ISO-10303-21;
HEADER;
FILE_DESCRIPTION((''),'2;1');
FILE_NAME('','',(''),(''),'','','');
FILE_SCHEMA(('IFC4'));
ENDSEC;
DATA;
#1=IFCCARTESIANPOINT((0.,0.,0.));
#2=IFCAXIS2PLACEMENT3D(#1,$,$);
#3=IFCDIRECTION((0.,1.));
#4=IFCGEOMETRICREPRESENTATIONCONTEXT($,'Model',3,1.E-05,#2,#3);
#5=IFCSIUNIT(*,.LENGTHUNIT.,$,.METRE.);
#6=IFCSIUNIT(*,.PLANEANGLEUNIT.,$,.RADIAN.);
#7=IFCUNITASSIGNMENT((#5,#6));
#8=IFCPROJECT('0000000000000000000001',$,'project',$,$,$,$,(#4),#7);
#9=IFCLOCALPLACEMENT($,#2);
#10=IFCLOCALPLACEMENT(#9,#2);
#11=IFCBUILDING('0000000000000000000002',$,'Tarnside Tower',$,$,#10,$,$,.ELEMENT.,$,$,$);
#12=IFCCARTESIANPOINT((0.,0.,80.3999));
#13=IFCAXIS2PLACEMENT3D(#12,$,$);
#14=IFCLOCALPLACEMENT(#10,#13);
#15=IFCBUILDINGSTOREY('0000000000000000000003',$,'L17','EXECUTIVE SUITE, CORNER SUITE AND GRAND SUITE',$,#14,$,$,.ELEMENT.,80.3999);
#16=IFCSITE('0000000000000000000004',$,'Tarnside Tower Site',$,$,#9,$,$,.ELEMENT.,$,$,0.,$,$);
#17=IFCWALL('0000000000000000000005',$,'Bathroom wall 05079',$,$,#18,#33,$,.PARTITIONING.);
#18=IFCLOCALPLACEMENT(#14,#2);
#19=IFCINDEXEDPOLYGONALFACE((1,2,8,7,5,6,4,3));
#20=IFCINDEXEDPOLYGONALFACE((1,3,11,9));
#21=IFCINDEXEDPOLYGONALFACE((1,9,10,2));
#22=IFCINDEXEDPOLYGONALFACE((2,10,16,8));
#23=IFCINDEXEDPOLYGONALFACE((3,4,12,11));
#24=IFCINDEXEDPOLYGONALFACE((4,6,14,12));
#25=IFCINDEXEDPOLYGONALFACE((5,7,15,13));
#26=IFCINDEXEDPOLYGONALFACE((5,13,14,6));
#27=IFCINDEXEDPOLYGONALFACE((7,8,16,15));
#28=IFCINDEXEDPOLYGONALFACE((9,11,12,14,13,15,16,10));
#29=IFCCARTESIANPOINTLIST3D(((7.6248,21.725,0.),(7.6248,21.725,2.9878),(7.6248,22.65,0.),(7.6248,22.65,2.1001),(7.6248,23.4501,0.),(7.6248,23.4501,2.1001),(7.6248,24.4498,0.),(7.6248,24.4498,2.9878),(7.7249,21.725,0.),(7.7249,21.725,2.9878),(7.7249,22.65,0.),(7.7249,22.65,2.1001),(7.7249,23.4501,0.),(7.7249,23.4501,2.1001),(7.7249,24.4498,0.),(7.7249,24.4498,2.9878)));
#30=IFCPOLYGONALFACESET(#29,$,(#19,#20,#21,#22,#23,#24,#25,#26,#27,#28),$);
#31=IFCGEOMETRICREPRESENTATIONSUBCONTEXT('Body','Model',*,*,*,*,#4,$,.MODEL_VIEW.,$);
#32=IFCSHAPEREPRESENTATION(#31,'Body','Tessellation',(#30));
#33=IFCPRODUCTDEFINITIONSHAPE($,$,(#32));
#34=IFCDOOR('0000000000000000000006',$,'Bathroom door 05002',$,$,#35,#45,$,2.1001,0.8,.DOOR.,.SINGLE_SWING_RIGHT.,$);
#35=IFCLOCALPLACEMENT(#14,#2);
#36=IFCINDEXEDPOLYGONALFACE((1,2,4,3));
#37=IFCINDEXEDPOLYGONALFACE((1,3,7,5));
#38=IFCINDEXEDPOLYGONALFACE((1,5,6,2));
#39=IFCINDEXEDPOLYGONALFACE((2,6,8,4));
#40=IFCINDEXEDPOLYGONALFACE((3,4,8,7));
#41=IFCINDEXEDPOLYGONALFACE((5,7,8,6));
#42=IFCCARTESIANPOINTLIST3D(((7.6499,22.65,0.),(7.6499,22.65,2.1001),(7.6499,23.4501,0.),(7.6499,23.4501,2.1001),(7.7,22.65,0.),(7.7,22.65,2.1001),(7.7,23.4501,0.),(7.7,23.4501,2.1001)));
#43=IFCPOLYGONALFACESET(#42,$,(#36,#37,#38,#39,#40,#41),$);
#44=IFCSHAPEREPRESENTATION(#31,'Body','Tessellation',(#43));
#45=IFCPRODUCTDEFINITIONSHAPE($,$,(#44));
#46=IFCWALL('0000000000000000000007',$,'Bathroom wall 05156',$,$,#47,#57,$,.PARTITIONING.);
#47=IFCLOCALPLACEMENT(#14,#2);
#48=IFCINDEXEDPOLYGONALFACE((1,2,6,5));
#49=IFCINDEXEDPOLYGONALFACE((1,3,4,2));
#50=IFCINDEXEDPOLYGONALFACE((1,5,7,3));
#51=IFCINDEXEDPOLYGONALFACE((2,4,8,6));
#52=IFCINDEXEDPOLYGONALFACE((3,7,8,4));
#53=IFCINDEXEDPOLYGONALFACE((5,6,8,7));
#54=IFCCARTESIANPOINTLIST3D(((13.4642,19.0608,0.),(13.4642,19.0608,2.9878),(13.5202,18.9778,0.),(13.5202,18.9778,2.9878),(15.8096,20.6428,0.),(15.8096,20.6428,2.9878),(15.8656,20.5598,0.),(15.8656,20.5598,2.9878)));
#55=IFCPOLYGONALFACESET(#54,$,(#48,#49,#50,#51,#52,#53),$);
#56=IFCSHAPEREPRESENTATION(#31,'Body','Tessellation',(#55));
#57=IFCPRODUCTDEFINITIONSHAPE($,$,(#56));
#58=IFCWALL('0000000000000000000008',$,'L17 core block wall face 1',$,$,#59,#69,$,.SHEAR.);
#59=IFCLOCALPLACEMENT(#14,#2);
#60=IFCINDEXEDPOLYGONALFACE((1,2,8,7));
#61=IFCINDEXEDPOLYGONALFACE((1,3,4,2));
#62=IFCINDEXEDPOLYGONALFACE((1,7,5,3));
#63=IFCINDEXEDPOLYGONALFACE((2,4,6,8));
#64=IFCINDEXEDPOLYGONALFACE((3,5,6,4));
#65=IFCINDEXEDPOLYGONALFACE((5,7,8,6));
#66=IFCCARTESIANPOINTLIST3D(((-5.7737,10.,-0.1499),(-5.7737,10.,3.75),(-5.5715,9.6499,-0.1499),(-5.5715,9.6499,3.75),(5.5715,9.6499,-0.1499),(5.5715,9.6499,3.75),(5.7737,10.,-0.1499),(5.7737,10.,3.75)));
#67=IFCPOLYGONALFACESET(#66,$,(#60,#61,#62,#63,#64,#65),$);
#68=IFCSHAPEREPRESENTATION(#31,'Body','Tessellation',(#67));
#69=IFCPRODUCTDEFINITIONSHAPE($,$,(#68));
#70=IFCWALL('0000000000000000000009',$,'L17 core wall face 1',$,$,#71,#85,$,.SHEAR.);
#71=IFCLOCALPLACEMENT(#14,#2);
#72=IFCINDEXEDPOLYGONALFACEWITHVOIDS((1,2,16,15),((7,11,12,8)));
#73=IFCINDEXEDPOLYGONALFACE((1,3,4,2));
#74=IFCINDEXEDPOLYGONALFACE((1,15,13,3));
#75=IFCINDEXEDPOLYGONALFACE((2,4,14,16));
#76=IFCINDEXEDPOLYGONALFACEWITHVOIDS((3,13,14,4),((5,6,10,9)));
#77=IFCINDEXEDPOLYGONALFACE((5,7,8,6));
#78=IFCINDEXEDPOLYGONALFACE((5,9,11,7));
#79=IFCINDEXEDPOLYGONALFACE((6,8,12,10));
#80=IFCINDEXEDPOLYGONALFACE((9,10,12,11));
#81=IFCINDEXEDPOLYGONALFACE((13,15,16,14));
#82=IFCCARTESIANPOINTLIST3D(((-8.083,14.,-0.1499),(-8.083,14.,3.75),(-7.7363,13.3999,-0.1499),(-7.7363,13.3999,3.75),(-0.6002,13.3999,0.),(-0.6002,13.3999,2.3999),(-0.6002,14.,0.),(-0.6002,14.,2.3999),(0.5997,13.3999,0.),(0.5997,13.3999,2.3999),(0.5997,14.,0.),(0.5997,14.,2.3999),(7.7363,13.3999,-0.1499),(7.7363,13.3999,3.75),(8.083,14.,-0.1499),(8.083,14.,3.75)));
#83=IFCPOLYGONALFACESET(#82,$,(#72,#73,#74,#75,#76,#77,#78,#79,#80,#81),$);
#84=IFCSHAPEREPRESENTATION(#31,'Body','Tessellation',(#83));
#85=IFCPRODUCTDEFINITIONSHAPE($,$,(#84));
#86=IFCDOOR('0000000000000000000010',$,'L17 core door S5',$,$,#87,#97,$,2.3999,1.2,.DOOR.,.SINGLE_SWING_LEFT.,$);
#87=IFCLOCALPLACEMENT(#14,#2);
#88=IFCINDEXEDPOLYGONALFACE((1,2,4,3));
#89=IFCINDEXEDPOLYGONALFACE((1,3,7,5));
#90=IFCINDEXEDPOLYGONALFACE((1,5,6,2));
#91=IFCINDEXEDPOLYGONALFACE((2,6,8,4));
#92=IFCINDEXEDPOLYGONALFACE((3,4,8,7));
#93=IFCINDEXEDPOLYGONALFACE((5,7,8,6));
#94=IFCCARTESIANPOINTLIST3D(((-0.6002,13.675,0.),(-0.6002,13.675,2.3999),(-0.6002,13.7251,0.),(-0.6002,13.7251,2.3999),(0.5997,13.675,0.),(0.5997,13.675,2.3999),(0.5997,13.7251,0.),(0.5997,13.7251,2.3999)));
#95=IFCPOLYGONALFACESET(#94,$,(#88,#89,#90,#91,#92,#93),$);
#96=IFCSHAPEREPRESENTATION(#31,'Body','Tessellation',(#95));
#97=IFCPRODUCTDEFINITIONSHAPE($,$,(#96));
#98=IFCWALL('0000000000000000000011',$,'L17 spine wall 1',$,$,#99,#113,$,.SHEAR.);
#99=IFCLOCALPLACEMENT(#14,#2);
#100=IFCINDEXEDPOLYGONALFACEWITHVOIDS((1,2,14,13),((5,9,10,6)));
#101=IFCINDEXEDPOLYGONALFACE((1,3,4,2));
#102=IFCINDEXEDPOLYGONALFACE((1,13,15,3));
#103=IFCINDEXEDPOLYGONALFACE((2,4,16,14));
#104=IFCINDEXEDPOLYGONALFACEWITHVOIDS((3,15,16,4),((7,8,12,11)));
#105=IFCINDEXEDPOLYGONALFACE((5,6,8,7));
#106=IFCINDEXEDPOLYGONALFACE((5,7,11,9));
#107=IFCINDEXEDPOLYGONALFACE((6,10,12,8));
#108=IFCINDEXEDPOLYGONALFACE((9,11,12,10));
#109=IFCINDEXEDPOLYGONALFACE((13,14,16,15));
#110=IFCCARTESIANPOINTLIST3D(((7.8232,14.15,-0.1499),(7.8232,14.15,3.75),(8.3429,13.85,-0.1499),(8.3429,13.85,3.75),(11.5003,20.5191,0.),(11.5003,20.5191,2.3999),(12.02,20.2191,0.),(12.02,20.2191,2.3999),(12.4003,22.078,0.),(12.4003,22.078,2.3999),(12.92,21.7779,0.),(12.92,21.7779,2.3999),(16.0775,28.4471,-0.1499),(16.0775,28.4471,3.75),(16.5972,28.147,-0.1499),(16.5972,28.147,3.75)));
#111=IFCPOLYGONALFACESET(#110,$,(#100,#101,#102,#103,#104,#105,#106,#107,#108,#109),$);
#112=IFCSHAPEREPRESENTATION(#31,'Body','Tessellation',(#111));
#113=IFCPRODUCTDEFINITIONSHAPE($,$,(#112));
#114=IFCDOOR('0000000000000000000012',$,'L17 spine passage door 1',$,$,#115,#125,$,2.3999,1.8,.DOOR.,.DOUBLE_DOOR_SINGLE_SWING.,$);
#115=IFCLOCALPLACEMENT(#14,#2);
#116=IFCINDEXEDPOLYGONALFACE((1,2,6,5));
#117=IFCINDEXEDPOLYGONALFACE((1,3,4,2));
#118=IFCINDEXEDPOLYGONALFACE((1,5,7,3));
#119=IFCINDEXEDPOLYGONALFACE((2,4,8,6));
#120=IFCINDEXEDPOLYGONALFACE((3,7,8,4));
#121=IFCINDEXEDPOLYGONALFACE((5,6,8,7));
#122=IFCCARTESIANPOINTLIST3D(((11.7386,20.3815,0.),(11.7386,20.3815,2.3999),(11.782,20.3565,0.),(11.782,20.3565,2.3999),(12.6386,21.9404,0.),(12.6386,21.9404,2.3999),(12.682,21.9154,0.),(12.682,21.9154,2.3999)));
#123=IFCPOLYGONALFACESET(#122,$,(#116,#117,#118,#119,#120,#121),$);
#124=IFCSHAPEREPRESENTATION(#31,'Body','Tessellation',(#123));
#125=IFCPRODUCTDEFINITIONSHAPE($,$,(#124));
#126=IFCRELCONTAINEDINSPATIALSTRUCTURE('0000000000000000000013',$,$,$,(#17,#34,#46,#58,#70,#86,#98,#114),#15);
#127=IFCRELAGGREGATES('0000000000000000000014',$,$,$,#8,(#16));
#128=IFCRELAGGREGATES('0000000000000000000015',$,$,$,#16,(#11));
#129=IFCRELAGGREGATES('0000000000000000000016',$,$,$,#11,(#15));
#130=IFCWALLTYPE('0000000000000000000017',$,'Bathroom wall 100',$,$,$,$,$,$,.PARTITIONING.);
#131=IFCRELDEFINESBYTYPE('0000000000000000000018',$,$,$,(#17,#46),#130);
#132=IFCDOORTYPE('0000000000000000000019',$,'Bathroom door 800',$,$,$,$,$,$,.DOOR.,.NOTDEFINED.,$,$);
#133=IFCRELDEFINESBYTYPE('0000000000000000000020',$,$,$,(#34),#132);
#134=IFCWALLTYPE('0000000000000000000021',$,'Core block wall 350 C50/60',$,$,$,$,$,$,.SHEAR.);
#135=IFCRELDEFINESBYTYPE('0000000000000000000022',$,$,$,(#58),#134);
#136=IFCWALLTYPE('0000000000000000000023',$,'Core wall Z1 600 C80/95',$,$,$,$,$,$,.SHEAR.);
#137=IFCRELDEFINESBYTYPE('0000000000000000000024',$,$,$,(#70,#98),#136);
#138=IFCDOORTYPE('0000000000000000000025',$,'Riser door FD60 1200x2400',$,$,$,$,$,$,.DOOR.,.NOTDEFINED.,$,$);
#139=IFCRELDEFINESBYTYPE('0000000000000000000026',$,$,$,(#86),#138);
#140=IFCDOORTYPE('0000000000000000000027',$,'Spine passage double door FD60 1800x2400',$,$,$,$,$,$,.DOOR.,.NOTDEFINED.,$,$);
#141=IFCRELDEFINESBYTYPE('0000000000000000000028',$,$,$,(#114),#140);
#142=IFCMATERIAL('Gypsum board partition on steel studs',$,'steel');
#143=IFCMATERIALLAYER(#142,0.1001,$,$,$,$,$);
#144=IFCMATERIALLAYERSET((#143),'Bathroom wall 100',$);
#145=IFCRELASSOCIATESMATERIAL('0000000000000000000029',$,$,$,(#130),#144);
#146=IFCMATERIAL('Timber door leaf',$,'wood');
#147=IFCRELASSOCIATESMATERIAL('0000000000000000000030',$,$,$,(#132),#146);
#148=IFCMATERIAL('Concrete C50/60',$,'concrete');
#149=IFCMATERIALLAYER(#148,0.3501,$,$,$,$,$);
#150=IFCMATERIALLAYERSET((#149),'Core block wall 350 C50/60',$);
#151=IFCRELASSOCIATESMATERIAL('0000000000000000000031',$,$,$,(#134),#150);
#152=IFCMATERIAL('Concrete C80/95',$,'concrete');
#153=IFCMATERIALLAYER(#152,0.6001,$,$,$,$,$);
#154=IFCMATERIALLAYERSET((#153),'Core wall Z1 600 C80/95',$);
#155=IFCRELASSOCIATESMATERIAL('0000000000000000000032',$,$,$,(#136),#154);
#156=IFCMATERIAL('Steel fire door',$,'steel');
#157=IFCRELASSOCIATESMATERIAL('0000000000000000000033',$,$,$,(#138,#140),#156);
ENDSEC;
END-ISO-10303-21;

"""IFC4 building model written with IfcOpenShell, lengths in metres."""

from ifc_helpers import new_model, si_unit, direction, frame, frame_2d, origin, place, context, subcontext, project, spatial, polyline, rectangle, outline, extrude, material, layer, layer_set, type_object, element, fill, save


model = new_model("IFC4")

# Units and contexts
model_context = context("Model", 3, precision=1e-05, world=origin(), true_north=direction((0.0, 1.0)))
body_context = subcontext(model_context, "Body", "Model", "MODEL_VIEW")
ifc_project = project(units=[si_unit("LENGTHUNIT", "METRE"), si_unit("PLANEANGLEUNIT", "RADIAN")], contexts=[model_context])

# Site, building, storey
site_placement = place(None, origin())
site = spatial("IfcSite", under=ifc_project, at=site_placement, Name="Tarnside Tower Site", CompositionType="ELEMENT", RefElevation=0.0)
building_placement = place(site_placement, origin())
building = spatial("IfcBuilding", under=site, at=building_placement, Name="Tarnside Tower", CompositionType="ELEMENT")
storey_placement = place(building_placement, frame((0.0, 0.0, 80.3999)))
storey = spatial("IfcBuildingStorey", under=building, at=storey_placement, Name="L17", Description="EXECUTIVE SUITE, CORNER SUITE AND GRAND SUITE", CompositionType="ELEMENT", Elevation=80.3999)

# Wall, opening, door
ifc_material_1 = material(Name="Gypsum board partition on steel studs", Category="steel")
ifc_layer_1 = layer(ifc_material_1, 0.1001)
ifc_layer_set_1 = layer_set([ifc_layer_1], Name="Bathroom wall 100")
wall_type_1 = type_object("IfcWallType", Name="Bathroom wall 100", PredefinedType="PARTITIONING", material=ifc_layer_set_1)
wall_1_placement = place(storey_placement, frame((7.6748, 21.7251, 0.0), z_axis=(0.0, 0.0, 1.0), x_axis=(0.0, 1.0, 0.0)))
wall_1 = element("IfcWall", 1, at=wall_1_placement, inside=storey, type_object=wall_type_1, Name="Bathroom wall 05079", PredefinedType="PARTITIONING", context=body_context, shape_type="SweptSolid", body=[
    extrude(rectangle(XDim=2.7249, YDim=0.1001, at=frame_2d((1.3623, 0.0))), origin(), (0.0, 0.0, 1.0), 2.9878),
])
opening_1_placement = place(wall_1_placement, frame((0.925, 0.0, 0.0)))
opening_1 = element("IfcOpeningElement", 2, at=opening_1_placement, cuts=wall_1, PredefinedType="OPENING", context=body_context, shape_type="SweptSolid", body=[
    extrude(rectangle(XDim=0.8, YDim=2.1001, at=frame_2d((0.3999, 1.05))), frame((0.0, 0.0601, 0.0), z_axis=(0.0, -1.0, 0.0), x_axis=(1.0, 0.0, 0.0)), (0.0, 0.0, 1.0), 0.1201),
])
ifc_material_2 = material(Name="Timber door leaf", Category="wood")
door_type_1 = type_object("IfcDoorType", Name="Bathroom door 800", OperationType="NOTDEFINED", PredefinedType="DOOR", material=ifc_material_2)
door_1_placement = place(opening_1_placement, origin())
door_1 = element("IfcDoor", 3, at=door_1_placement, inside=storey, type_object=door_type_1, Name="Bathroom door 05002", OperationType="SINGLE_SWING_RIGHT", OverallHeight=2.1001, OverallWidth=0.8, PredefinedType="DOOR", context=body_context, shape_type="SweptSolid", body=[
    extrude(rectangle(XDim=0.8, YDim=2.1001, at=frame_2d((0.3999, 1.05))), frame((0.0, 0.0249, 0.0), z_axis=(0.0, -1.0, 0.0), x_axis=(1.0, 0.0, 0.0)), (0.0, 0.0, 1.0), 0.05),
])
fill(opening_1, door_1)

# Walls
wall_2_placement = place(storey_placement, frame((13.4922, 19.0193, 0.0), z_axis=(0.0, 0.0, 1.0), x_axis=(0.829038, 0.559193, 0.0)))
element("IfcWall", 4, at=wall_2_placement, inside=storey, type_object=wall_type_1, Name="Bathroom wall 05156", PredefinedType="PARTITIONING", context=body_context, shape_type="SweptSolid", body=[
    extrude(rectangle(XDim=2.8291, YDim=0.1001, at=frame_2d((1.4146, 0.0))), origin(), (0.0, 0.0, 1.0), 2.9878),
])
ifc_material_3 = material(Name="Concrete C50/60", Category="concrete")
ifc_layer_2 = layer(ifc_material_3, 0.3501)
ifc_layer_set_2 = layer_set([ifc_layer_2], Name="Core block wall 350 C50/60")
wall_type_2 = type_object("IfcWallType", Name="Core block wall 350 C50/60", PredefinedType="SHEAR", material=ifc_layer_set_2)
wall_3_placement = place(storey_placement, frame((5.6726, 9.825, -0.1499), z_axis=(0.0, 0.0, 1.0), x_axis=(-1.0, 0.0, 0.0)))
element("IfcWall", 5, at=wall_3_placement, inside=storey, type_object=wall_type_2, Name="L17 core block wall face 1", PredefinedType="SHEAR", context=body_context, shape_type="SweptSolid", body=[
    extrude(outline(polyline([(-0.1011, -0.175), (11.4463, -0.175), (11.2441, 0.175), (0.1011, 0.175), (-0.1011, -0.175)])), origin(), (0.0, 0.0, 1.0), 3.8999),
])

# Walls, openings, doors
ifc_material_4 = material(Name="Concrete C80/95", Category="concrete")
ifc_layer_3 = layer(ifc_material_4, 0.6001)
ifc_layer_set_3 = layer_set([ifc_layer_3], Name="Core wall Z1 600 C80/95")
wall_type_3 = type_object("IfcWallType", Name="Core wall Z1 600 C80/95", PredefinedType="SHEAR", material=ifc_layer_set_3)
wall_4_placement = place(storey_placement, frame((7.9097, 13.7, -0.1499), z_axis=(0.0, 0.0, 1.0), x_axis=(-1.0, 0.0, 0.0)))
wall_4 = element("IfcWall", 6, at=wall_4_placement, inside=storey, type_object=wall_type_3, Name="L17 core wall face 1", PredefinedType="SHEAR", context=body_context, shape_type="SweptSolid", body=[
    extrude(outline(polyline([(-0.1733, -0.3), (15.9927, -0.3), (15.646, 0.3), (0.1733, 0.3), (-0.1733, -0.3)])), origin(), (0.0, 0.0, 1.0), 3.8999),
])
opening_2_placement = place(wall_4_placement, frame((7.3098, 0.0, 0.1499)))
opening_2 = element("IfcOpeningElement", 7, at=opening_2_placement, cuts=wall_4, PredefinedType="OPENING", context=body_context, shape_type="SweptSolid", body=[
    extrude(rectangle(XDim=1.2, YDim=2.3999, at=frame_2d((0.6001, 1.2))), frame((0.0, 0.3101, 0.0), z_axis=(0.0, -1.0, 0.0), x_axis=(1.0, 0.0, 0.0)), (0.0, 0.0, 1.0), 0.6201),
])
ifc_material_5 = material(Name="Steel fire door", Category="steel")
door_type_2 = type_object("IfcDoorType", Name="Riser door FD60 1200x2400", OperationType="NOTDEFINED", PredefinedType="DOOR", material=ifc_material_5)
door_2_placement = place(opening_2_placement, origin())
door_2 = element("IfcDoor", 8, at=door_2_placement, inside=storey, type_object=door_type_2, Name="L17 core door S5", OperationType="SINGLE_SWING_LEFT", OverallHeight=2.3999, OverallWidth=1.2, PredefinedType="DOOR", context=body_context, shape_type="SweptSolid", body=[
    extrude(rectangle(XDim=1.2, YDim=2.3999, at=frame_2d((0.6001, 1.2))), frame((0.0, 0.0249, 0.0), z_axis=(0.0, -1.0, 0.0), x_axis=(1.0, 0.0, 0.0)), (0.0, 0.0, 1.0), 0.05),
])
fill(opening_2, door_2)
wall_5_placement = place(storey_placement, frame((8.083, 14.0, -0.1499), z_axis=(0.0, 0.0, 1.0), x_axis=(0.499998, 0.866027, 0.0)))
wall_5 = element("IfcWall", 9, at=wall_5_placement, inside=storey, type_object=wall_type_3, Name="L17 spine wall 1", PredefinedType="SHEAR", context=body_context, shape_type="SweptSolid", body=[
    extrude(rectangle(XDim=16.5088, YDim=0.6001, at=frame_2d((8.2544, 0.0))), origin(), (0.0, 0.0, 1.0), 3.8999),
])
opening_3_placement = place(wall_5_placement, frame((7.3545, 0.0, 0.1499)))
opening_3 = element("IfcOpeningElement", 10, at=opening_3_placement, cuts=wall_5, PredefinedType="OPENING", context=body_context, shape_type="SweptSolid", body=[
    extrude(rectangle(XDim=1.8, YDim=2.3999, at=frame_2d((0.8999, 1.2))), frame((0.0, 0.3101, 0.0), z_axis=(0.0, -1.0, 0.0), x_axis=(1.0, 0.0, 0.0)), (0.0, 0.0, 1.0), 0.6201),
])
door_type_3 = type_object("IfcDoorType", Name="Spine passage double door FD60 1800x2400", OperationType="NOTDEFINED", PredefinedType="DOOR", material=ifc_material_5)
door_3_placement = place(opening_3_placement, origin())
door_3 = element("IfcDoor", 11, at=door_3_placement, inside=storey, type_object=door_type_3, Name="L17 spine passage door 1", OperationType="DOUBLE_DOOR_SINGLE_SWING", OverallHeight=2.3999, OverallWidth=1.8, PredefinedType="DOOR", context=body_context, shape_type="SweptSolid", body=[
    extrude(rectangle(XDim=1.8, YDim=2.3999, at=frame_2d((0.8999, 1.2))), frame((0.0, 0.0249, 0.0), z_axis=(0.0, -1.0, 0.0), x_axis=(1.0, 0.0, 0.0)), (0.0, 0.0, 1.0), 0.05),
])
fill(opening_3, door_3)

save(model, "model.ifc")
